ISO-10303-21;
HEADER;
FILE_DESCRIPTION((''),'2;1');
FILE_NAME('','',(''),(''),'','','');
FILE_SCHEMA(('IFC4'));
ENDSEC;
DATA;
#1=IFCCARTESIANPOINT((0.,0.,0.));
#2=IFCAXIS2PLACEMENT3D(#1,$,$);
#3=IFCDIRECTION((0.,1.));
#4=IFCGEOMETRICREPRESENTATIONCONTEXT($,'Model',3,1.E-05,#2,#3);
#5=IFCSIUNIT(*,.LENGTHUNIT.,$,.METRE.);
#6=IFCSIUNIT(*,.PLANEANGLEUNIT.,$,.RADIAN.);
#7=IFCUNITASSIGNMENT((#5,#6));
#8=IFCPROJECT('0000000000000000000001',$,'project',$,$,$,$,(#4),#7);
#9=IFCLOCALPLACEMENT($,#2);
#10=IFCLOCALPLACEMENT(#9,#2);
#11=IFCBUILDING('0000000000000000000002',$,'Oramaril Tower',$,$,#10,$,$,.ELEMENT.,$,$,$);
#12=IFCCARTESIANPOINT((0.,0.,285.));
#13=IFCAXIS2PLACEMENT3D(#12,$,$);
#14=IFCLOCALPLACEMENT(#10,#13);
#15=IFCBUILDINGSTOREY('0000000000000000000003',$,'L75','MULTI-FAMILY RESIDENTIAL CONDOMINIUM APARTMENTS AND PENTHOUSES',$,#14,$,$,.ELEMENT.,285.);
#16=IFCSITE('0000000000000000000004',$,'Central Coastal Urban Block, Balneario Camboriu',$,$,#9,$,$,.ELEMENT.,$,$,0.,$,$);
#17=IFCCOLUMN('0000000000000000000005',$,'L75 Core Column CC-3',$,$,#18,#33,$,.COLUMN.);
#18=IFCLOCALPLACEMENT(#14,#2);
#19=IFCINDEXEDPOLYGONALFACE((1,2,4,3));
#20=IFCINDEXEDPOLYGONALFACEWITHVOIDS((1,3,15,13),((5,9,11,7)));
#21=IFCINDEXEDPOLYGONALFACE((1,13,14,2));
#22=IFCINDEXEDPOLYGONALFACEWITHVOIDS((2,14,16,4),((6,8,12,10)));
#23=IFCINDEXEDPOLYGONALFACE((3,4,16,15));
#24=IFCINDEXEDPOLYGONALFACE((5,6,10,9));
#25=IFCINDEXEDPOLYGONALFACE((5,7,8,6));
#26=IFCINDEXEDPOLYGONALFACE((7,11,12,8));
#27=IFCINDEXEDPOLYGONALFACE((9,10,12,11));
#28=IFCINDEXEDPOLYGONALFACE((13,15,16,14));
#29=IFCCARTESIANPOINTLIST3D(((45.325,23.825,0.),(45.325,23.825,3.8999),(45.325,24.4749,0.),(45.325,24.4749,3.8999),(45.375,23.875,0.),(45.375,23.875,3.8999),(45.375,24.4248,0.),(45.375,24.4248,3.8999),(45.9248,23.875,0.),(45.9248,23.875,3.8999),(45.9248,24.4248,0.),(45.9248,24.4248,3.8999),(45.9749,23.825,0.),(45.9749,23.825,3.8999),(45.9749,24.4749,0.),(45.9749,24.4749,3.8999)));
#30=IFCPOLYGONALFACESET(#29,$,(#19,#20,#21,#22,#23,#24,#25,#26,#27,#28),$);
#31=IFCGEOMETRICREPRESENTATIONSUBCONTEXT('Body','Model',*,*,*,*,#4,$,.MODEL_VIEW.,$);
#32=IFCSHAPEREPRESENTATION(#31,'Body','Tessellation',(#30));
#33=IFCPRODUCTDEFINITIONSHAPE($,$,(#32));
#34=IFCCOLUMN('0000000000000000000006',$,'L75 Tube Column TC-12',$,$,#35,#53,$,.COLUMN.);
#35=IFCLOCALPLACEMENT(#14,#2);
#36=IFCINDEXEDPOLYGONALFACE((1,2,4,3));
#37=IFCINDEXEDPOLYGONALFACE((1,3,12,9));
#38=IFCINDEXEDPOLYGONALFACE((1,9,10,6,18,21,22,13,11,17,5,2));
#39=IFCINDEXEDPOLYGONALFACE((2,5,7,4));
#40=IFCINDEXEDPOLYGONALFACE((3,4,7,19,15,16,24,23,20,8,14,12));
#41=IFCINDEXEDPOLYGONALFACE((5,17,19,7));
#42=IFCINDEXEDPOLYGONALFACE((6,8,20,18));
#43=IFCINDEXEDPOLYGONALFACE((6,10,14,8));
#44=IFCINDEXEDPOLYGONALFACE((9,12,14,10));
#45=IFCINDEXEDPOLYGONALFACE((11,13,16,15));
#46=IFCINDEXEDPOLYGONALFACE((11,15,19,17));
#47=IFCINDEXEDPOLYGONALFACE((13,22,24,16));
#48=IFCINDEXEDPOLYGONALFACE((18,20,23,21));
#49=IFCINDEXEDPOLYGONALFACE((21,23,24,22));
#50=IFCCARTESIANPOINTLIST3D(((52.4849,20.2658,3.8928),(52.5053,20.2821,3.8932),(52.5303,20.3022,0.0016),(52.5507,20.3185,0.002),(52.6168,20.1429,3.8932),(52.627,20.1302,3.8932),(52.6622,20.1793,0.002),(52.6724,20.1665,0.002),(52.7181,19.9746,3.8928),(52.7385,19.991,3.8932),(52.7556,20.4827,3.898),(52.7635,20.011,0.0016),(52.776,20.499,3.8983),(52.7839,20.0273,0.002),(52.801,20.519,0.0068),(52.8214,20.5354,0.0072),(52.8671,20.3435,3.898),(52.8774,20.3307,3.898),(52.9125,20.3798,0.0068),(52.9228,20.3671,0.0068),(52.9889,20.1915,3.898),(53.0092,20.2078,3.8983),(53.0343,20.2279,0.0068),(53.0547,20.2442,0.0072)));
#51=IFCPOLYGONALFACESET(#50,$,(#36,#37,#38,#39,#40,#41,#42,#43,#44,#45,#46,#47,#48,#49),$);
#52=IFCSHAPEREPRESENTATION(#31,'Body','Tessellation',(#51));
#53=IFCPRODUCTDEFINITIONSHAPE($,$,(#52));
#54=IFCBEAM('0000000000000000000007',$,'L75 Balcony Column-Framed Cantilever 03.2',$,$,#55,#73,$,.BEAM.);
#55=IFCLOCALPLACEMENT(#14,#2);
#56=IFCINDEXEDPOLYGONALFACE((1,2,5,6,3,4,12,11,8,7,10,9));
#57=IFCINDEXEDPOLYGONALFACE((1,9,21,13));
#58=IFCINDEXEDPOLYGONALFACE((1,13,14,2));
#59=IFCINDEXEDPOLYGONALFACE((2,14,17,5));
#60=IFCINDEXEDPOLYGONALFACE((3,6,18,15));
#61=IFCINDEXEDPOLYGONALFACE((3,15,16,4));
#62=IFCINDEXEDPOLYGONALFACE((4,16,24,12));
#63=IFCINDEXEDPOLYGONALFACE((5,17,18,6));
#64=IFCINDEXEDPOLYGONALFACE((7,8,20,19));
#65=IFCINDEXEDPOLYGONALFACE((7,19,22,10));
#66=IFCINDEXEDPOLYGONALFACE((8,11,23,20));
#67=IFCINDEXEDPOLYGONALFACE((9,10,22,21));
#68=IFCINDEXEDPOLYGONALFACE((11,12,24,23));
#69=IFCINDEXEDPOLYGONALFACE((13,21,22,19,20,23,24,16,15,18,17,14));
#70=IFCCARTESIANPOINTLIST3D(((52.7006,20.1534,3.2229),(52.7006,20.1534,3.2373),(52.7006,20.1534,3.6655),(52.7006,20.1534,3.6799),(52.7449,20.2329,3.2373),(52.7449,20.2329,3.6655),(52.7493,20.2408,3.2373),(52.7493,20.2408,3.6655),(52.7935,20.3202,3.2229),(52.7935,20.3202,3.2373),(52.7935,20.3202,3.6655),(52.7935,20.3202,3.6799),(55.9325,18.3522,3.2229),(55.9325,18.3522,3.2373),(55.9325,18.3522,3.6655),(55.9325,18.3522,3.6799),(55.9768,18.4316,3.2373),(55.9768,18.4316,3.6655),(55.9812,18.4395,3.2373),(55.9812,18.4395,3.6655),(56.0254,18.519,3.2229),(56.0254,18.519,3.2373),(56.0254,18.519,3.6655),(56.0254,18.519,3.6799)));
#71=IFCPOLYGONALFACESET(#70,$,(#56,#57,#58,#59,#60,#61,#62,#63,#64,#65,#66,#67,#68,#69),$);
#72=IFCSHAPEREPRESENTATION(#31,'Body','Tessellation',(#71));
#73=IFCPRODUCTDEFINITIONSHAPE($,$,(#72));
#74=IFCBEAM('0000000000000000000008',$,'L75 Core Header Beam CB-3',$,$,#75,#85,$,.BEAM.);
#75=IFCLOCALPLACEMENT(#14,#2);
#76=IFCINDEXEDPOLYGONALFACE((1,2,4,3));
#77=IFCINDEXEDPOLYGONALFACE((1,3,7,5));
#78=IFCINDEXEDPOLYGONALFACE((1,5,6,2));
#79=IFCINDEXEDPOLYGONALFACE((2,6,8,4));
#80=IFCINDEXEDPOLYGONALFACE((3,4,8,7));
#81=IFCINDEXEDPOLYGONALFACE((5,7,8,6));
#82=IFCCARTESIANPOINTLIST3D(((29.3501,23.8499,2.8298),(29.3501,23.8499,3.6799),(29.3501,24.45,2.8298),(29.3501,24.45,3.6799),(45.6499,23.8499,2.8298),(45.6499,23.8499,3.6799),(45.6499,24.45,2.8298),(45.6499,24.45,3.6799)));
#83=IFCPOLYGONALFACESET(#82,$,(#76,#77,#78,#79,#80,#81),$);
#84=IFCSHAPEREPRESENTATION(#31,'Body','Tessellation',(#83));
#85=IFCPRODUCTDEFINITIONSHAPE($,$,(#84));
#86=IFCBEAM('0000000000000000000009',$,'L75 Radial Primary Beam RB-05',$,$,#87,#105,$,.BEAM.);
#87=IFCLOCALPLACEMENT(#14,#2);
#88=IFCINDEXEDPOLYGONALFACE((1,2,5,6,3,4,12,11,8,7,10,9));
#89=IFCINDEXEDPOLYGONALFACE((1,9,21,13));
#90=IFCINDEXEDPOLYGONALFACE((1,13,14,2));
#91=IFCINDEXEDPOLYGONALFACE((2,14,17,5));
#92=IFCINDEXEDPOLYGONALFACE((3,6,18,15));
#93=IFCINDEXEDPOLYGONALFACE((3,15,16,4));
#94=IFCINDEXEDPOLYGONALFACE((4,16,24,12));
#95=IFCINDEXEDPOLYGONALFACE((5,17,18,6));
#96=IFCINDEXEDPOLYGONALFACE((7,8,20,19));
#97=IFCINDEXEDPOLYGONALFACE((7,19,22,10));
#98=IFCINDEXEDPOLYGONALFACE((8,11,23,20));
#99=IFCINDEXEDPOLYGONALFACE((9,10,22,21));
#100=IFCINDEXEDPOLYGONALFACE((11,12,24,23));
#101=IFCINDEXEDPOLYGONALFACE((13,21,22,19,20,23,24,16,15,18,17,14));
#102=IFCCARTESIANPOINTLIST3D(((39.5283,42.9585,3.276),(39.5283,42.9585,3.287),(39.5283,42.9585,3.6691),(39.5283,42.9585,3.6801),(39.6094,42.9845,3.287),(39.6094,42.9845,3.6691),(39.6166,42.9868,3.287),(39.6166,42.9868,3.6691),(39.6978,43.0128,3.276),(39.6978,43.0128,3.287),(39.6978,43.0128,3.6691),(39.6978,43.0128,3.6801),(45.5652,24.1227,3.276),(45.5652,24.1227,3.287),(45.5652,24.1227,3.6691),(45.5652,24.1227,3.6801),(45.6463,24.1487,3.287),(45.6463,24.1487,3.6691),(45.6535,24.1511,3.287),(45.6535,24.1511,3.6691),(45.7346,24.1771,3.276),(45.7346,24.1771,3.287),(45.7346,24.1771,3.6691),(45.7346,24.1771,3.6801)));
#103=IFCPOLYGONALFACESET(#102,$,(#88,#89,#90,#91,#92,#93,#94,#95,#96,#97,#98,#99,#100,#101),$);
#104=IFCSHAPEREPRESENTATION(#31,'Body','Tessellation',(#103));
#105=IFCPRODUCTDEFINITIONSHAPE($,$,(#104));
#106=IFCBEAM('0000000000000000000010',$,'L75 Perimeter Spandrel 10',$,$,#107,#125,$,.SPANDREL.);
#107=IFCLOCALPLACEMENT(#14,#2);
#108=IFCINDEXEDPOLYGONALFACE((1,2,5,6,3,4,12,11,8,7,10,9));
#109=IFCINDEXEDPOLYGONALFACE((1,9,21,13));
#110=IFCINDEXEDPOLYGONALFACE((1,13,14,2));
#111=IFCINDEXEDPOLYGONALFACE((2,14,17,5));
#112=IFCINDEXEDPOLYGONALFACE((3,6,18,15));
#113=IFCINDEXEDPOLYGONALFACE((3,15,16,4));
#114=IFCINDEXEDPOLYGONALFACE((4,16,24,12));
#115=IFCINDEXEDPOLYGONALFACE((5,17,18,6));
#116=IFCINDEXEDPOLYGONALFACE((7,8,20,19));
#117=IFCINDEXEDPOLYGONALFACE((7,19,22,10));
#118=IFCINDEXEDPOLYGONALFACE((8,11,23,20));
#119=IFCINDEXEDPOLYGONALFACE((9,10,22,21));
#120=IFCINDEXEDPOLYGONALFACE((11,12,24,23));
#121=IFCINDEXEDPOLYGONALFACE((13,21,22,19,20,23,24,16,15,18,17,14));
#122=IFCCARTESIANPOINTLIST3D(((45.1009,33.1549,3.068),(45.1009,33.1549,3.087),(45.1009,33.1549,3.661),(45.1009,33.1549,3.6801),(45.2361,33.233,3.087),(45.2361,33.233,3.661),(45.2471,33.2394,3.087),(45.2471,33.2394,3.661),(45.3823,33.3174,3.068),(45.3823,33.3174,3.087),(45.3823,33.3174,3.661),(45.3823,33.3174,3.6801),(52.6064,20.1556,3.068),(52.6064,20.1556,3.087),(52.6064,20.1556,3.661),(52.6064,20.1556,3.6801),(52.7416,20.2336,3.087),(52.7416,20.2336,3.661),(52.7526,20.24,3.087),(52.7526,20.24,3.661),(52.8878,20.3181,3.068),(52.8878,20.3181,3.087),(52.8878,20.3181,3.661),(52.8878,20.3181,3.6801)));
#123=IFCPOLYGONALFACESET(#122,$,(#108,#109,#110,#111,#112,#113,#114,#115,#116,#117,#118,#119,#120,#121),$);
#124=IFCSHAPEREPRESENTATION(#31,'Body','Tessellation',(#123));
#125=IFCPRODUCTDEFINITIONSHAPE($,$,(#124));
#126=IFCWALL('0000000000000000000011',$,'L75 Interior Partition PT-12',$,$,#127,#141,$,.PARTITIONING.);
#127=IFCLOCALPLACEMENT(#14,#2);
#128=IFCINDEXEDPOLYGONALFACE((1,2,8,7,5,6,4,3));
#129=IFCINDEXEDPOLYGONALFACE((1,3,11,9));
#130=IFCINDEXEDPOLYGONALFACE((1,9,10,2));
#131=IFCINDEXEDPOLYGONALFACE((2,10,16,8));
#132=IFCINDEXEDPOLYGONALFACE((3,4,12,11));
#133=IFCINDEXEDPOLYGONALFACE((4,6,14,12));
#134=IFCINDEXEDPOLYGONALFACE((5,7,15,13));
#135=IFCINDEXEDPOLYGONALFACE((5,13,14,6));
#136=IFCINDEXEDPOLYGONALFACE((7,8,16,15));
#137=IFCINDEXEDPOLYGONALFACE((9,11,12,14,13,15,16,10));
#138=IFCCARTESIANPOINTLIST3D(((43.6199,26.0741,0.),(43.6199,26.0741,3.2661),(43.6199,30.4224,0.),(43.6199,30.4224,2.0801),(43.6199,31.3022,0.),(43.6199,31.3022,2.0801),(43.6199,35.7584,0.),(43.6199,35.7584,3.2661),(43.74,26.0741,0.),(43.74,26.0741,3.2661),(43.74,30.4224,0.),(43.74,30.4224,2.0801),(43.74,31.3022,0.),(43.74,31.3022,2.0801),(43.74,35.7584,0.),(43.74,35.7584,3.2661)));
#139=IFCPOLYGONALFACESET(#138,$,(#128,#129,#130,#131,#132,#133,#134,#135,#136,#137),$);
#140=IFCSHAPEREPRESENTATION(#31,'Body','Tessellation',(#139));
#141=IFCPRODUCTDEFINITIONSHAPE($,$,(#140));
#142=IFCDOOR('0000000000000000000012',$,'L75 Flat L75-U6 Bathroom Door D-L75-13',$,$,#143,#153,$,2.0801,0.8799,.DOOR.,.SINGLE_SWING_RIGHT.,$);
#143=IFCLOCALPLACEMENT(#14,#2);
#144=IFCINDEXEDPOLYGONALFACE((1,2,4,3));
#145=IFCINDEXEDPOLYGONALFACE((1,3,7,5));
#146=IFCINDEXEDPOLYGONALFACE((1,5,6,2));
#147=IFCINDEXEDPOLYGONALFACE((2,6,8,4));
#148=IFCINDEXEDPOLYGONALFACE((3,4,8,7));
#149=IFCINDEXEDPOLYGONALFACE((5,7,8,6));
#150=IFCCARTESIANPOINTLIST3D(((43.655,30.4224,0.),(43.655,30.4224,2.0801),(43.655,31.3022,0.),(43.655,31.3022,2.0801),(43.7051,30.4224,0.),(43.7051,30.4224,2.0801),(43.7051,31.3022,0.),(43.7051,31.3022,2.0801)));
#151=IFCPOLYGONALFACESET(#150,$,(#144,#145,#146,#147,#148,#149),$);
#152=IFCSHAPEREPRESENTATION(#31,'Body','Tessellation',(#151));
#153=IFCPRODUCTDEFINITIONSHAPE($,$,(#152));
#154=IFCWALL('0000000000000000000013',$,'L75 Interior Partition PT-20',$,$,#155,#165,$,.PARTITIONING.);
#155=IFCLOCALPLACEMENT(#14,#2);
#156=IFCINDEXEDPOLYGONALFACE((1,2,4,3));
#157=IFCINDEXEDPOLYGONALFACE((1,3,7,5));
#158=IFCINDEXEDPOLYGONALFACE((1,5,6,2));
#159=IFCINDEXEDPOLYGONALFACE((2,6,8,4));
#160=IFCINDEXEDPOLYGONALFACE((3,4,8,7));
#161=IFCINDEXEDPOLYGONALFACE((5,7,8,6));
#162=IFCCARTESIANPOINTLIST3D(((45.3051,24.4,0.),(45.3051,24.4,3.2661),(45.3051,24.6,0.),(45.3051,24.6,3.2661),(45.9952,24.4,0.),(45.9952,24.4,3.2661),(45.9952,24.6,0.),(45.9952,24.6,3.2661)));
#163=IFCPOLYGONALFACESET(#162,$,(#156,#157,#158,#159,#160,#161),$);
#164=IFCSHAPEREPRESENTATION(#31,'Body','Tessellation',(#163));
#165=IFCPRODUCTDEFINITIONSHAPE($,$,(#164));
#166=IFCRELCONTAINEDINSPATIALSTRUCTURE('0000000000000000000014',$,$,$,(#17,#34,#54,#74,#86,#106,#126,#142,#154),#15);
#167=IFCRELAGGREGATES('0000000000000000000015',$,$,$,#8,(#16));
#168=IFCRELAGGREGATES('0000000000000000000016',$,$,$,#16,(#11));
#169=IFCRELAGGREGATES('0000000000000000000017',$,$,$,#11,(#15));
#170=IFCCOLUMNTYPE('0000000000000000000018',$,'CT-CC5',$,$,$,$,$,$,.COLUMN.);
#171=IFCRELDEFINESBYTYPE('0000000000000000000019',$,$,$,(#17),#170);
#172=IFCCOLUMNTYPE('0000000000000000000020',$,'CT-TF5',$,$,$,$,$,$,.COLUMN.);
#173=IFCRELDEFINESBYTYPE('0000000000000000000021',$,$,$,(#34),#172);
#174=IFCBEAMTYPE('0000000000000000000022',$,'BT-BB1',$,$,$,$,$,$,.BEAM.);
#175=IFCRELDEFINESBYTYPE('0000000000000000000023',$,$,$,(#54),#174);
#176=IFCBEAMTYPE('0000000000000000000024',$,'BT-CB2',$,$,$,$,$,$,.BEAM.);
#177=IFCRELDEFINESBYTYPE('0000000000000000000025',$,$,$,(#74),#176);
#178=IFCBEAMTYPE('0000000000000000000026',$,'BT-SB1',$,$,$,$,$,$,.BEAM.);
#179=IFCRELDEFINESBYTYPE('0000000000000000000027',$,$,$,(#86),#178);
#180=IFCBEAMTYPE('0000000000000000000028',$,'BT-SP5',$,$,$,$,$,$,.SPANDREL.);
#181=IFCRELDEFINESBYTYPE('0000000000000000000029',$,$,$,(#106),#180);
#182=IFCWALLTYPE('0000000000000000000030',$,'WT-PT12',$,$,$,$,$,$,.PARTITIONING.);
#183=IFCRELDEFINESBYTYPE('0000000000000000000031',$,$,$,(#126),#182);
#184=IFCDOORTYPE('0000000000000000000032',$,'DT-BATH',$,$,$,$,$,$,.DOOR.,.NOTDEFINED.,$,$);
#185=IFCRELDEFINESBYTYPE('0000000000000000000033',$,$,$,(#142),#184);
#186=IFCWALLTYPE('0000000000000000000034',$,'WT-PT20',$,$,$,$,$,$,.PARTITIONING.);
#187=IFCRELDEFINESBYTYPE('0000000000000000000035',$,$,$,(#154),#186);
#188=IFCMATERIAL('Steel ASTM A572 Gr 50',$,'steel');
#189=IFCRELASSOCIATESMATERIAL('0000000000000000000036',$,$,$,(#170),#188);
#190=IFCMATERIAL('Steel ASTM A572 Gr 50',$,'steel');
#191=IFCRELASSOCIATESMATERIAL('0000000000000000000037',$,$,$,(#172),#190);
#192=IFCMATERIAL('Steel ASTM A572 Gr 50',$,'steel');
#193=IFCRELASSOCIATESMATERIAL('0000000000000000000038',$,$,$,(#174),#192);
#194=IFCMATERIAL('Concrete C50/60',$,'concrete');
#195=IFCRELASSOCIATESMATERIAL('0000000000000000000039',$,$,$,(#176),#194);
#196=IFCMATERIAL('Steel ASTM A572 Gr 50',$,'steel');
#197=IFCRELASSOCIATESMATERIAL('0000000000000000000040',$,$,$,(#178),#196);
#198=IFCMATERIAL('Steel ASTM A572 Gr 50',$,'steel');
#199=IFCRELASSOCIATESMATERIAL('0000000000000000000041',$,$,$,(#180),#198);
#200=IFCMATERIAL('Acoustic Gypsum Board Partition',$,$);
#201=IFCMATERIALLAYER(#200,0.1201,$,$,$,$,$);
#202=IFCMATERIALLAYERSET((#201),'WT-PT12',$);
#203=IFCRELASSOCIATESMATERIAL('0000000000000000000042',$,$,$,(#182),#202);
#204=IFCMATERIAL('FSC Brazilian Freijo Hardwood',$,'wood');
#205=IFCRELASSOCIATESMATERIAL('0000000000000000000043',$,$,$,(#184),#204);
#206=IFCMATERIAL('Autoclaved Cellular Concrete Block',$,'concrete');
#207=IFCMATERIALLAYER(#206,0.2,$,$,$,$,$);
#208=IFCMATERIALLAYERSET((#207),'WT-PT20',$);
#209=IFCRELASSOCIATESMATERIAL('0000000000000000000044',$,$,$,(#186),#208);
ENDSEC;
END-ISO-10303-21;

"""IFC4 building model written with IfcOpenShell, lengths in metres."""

from ifc_helpers import new_model, si_unit, direction, frame, frame_2d, origin, origin_2d, place, context, subcontext, project, spatial, rectangle, hollow_rectangle, i_section, extrude, material, layer, layer_set, material_profile, profile_set, type_object, element, fill, save


model = new_model("IFC4")

# Units and contexts
model_context = context("Model", 3, precision=1e-05, world=origin(), true_north=direction((0.0, 1.0)))
body_context = subcontext(model_context, "Body", "Model", "MODEL_VIEW")
ifc_project = project(units=[si_unit("LENGTHUNIT", "METRE"), si_unit("PLANEANGLEUNIT", "RADIAN")], contexts=[model_context])

# Site, building, storey
site_placement = place(None, origin())
site = spatial("IfcSite", under=ifc_project, at=site_placement, Name="Central Coastal Urban Block, Balneario Camboriu", CompositionType="ELEMENT", RefElevation=0.0)
building_placement = place(site_placement, origin())
building = spatial("IfcBuilding", under=site, at=building_placement, Name="Oramaril Tower", CompositionType="ELEMENT")
storey_placement = place(building_placement, frame((0.0, 0.0, 285.0)))
storey = spatial("IfcBuildingStorey", under=building, at=storey_placement, Name="L75", Description="MULTI-FAMILY RESIDENTIAL CONDOMINIUM APARTMENTS AND PENTHOUSES", CompositionType="ELEMENT", Elevation=285.0)

# Columns
ifc_material_1 = material(Name="Steel ASTM A572 Gr 50", Category="steel")
ifc_material_profile_1 = material_profile(ifc_material_1, hollow_rectangle(XDim=0.6499, YDim=0.6499, WallThickness=0.05, at=origin_2d()), Name="BOX650X650X50")
ifc_profile_set_1 = profile_set([ifc_material_profile_1], Name="Steel ASTM A572 Gr 50")
column_type_1 = type_object("IfcColumnType", Name="CT-CC5", PredefinedType="COLUMN", material=ifc_profile_set_1)
column_1_placement = place(storey_placement, frame((45.6499, 24.1499, 0.0), z_axis=(0.0, 0.0, 1.0), x_axis=(1.0, 0.0, 0.0)))
element("IfcColumn", 1, at=column_1_placement, inside=storey, type_object=column_type_1, Name="L75 Core Column CC-3", PredefinedType="COLUMN", context=body_context, shape_type="SweptSolid", body=[
    extrude(hollow_rectangle(XDim=0.6499, YDim=0.6499, WallThickness=0.05, at=origin_2d()), origin(), (0.0, 0.0, 1.0), 3.8999),
])
ifc_material_2 = material(Name="Steel ASTM A572 Gr 50", Category="steel")
ifc_material_profile_2 = material_profile(ifc_material_2, i_section(OverallWidth=0.373, OverallDepth=0.373, WebThickness=0.0164, FlangeThickness=0.0261, at=origin_2d()), Name="W14X132")
ifc_profile_set_2 = profile_set([ifc_material_profile_2], Name="Steel ASTM A572 Gr 50")
column_type_2 = type_object("IfcColumnType", Name="CT-TF5", PredefinedType="COLUMN", material=ifc_profile_set_2)
column_2_placement = place(storey_placement, frame((52.7925, 20.2732, 0.0044), z_axis=(-0.011669, -0.009348, 0.999888), x_axis=(0.625207, -0.780459, 0.0)))
element("IfcColumn", 2, at=column_2_placement, inside=storey, type_object=column_type_2, Name="L75 Tube Column TC-12", PredefinedType="COLUMN", context=body_context, shape_type="SweptSolid", body=[
    extrude(i_section(OverallWidth=0.373, OverallDepth=0.373, WebThickness=0.0164, FlangeThickness=0.0261, at=origin_2d()), origin(), (0.0, 0.0, 1.0), 3.8916),
])

# Beams
ifc_material_3 = material(Name="Steel ASTM A572 Gr 50", Category="steel")
ifc_material_profile_3 = material_profile(ifc_material_3, i_section(OverallWidth=0.1909, OverallDepth=0.457, WebThickness=0.009, FlangeThickness=0.0144, at=origin_2d()), Name="W18X50")
ifc_profile_set_3 = profile_set([ifc_material_profile_3], Name="Steel ASTM A572 Gr 50")
beam_type_1 = type_object("IfcBeamType", Name="BT-BB1", PredefinedType="BEAM", material=ifc_profile_set_3)
beam_1_placement = place(storey_placement, frame((52.7471, 20.2368, 3.4514), z_axis=(0.873497, -0.48683, 0.0), x_axis=(0.48683, 0.873497, 0.0)))
element("IfcBeam", 3, at=beam_1_placement, inside=storey, type_object=beam_type_1, Name="L75 Balcony Column-Framed Cantilever 03.2", PredefinedType="BEAM", context=body_context, shape_type="SweptSolid", body=[
    extrude(i_section(OverallWidth=0.1909, OverallDepth=0.457, WebThickness=0.009, FlangeThickness=0.0144, at=origin_2d()), origin(), (0.0, 0.0, 1.0), 3.7),
])
ifc_material_4 = material(Name="Concrete C50/60", Category="concrete")
ifc_material_profile_4 = material_profile(ifc_material_4, rectangle(XDim=0.6001, YDim=0.8501, at=origin_2d()), Name="CB600X850")
ifc_profile_set_4 = profile_set([ifc_material_profile_4], Name="Concrete C50/60")
beam_type_2 = type_object("IfcBeamType", Name="BT-CB2", PredefinedType="BEAM", material=ifc_profile_set_4)
beam_2_placement = place(storey_placement, frame((45.6499, 24.1499, 3.2549), z_axis=(-1.0, 0.0, 0.0), x_axis=(0.0, -1.0, 0.0)))
element("IfcBeam", 4, at=beam_2_placement, inside=storey, type_object=beam_type_2, Name="L75 Core Header Beam CB-3", PredefinedType="BEAM", context=body_context, shape_type="SweptSolid", body=[
    extrude(rectangle(XDim=0.6001, YDim=0.8501, at=origin_2d()), origin(), (0.0, 0.0, 1.0), 16.2998),
])
ifc_material_5 = material(Name="Steel ASTM A572 Gr 50", Category="steel")
ifc_material_profile_5 = material_profile(ifc_material_5, i_section(OverallWidth=0.178, OverallDepth=0.4041, WebThickness=0.0076, FlangeThickness=0.011, at=origin_2d()), Name="W16X36")
ifc_profile_set_5 = profile_set([ifc_material_profile_5], Name="Steel ASTM A572 Gr 50")
beam_type_3 = type_object("IfcBeamType", Name="BT-SB1", PredefinedType="BEAM", material=ifc_profile_set_5)
beam_3_placement = place(storey_placement, frame((45.6499, 24.1499, 3.478), z_axis=(-0.305209, 0.952285, 0.0), x_axis=(-0.952285, -0.305209, 0.0)))
element("IfcBeam", 5, at=beam_3_placement, inside=storey, type_object=beam_type_3, Name="L75 Radial Primary Beam RB-05", PredefinedType="BEAM", context=body_context, shape_type="SweptSolid", body=[
    extrude(i_section(OverallWidth=0.178, OverallDepth=0.4041, WebThickness=0.0076, FlangeThickness=0.011, at=origin_2d()), origin(), (0.0, 0.0, 1.0), 19.7795),
])
ifc_material_6 = material(Name="Steel ASTM A572 Gr 50", Category="steel")
ifc_material_profile_6 = material_profile(ifc_material_6, i_section(OverallWidth=0.325, OverallDepth=0.6121, WebThickness=0.0127, FlangeThickness=0.019, at=origin_2d()), Name="W24X104")
ifc_profile_set_6 = profile_set([ifc_material_profile_6], Name="Steel ASTM A572 Gr 50")
beam_type_4 = type_object("IfcBeamType", Name="BT-SP5", PredefinedType="SPANDREL", material=ifc_profile_set_6)
beam_4_placement = place(storey_placement, frame((52.7471, 20.2368, 3.374), z_axis=(-0.500012, 0.866018, 0.0), x_axis=(-0.866018, -0.500012, 0.0)))
element("IfcBeam", 6, at=beam_4_placement, inside=storey, type_object=beam_type_4, Name="L75 Perimeter Spandrel 10", PredefinedType="SPANDREL", context=body_context, shape_type="SweptSolid", body=[
    extrude(i_section(OverallWidth=0.325, OverallDepth=0.6121, WebThickness=0.0127, FlangeThickness=0.019, at=origin_2d()), origin(), (0.0, 0.0, 1.0), 15.0105),
])

# Wall, opening, door
ifc_material_7 = material(Name="Acoustic Gypsum Board Partition")
ifc_layer_1 = layer(ifc_material_7, 0.1201)
ifc_layer_set_1 = layer_set([ifc_layer_1], Name="WT-PT12")
wall_type_1 = type_object("IfcWallType", Name="WT-PT12", PredefinedType="PARTITIONING", material=ifc_layer_set_1)
wall_1_placement = place(storey_placement, frame((43.6799, 26.074, 0.0), z_axis=(0.0, 0.0, 1.0), x_axis=(0.0, 1.0, 0.0)))
wall_1 = element("IfcWall", 7, at=wall_1_placement, inside=storey, type_object=wall_type_1, Name="L75 Interior Partition PT-12", PredefinedType="PARTITIONING", context=body_context, shape_type="SweptSolid", body=[
    extrude(rectangle(XDim=9.6843, YDim=0.1201, at=frame_2d((4.8423, 0.0))), origin(), (0.0, 0.0, 1.0), 3.2661),
])
opening_placement = place(wall_1_placement, frame((4.3484, 0.0, 0.0)))
opening = element("IfcOpeningElement", 8, at=opening_placement, cuts=wall_1, PredefinedType="OPENING", context=body_context, shape_type="SweptSolid", body=[
    extrude(rectangle(XDim=0.8799, YDim=2.0801, at=frame_2d((0.4399, 1.04))), frame((0.0, 0.0601, 0.0), z_axis=(0.0, -1.0, 0.0), x_axis=(1.0, 0.0, 0.0)), (0.0, 0.0, 1.0), 0.1201),
])
ifc_material_8 = material(Name="FSC Brazilian Freijo Hardwood", Category="wood")
door_type = type_object("IfcDoorType", Name="DT-BATH", OperationType="NOTDEFINED", PredefinedType="DOOR", material=ifc_material_8)
door_placement = place(opening_placement, origin())
door = element("IfcDoor", 9, at=door_placement, inside=storey, type_object=door_type, Name="L75 Flat L75-U6 Bathroom Door D-L75-13", OperationType="SINGLE_SWING_RIGHT", OverallHeight=2.0801, OverallWidth=0.8799, PredefinedType="DOOR", context=body_context, shape_type="SweptSolid", body=[
    extrude(rectangle(XDim=0.8799, YDim=2.0801, at=frame_2d((0.4399, 1.04))), frame((0.0, 0.0249, 0.0), z_axis=(0.0, -1.0, 0.0), x_axis=(1.0, 0.0, 0.0)), (0.0, 0.0, 1.0), 0.05),
])
fill(opening, door)

# Wall
ifc_material_9 = material(Name="Autoclaved Cellular Concrete Block", Category="concrete")
ifc_layer_2 = layer(ifc_material_9, 0.2)
ifc_layer_set_2 = layer_set([ifc_layer_2], Name="WT-PT20")
wall_type_2 = type_object("IfcWallType", Name="WT-PT20", PredefinedType="PARTITIONING", material=ifc_layer_set_2)
wall_2_placement = place(storey_placement, frame((45.3049, 24.5, 0.0), z_axis=(0.0, 0.0, 1.0), x_axis=(1.0, 0.0, 0.0)))
element("IfcWall", 10, at=wall_2_placement, inside=storey, type_object=wall_type_2, Name="L75 Interior Partition PT-20", PredefinedType="PARTITIONING", context=body_context, shape_type="SweptSolid", body=[
    extrude(rectangle(XDim=0.6902, YDim=0.2, at=frame_2d((0.3452, 0.0))), origin(), (0.0, 0.0, 1.0), 3.2661),
])

save(model, "model.ifc")
